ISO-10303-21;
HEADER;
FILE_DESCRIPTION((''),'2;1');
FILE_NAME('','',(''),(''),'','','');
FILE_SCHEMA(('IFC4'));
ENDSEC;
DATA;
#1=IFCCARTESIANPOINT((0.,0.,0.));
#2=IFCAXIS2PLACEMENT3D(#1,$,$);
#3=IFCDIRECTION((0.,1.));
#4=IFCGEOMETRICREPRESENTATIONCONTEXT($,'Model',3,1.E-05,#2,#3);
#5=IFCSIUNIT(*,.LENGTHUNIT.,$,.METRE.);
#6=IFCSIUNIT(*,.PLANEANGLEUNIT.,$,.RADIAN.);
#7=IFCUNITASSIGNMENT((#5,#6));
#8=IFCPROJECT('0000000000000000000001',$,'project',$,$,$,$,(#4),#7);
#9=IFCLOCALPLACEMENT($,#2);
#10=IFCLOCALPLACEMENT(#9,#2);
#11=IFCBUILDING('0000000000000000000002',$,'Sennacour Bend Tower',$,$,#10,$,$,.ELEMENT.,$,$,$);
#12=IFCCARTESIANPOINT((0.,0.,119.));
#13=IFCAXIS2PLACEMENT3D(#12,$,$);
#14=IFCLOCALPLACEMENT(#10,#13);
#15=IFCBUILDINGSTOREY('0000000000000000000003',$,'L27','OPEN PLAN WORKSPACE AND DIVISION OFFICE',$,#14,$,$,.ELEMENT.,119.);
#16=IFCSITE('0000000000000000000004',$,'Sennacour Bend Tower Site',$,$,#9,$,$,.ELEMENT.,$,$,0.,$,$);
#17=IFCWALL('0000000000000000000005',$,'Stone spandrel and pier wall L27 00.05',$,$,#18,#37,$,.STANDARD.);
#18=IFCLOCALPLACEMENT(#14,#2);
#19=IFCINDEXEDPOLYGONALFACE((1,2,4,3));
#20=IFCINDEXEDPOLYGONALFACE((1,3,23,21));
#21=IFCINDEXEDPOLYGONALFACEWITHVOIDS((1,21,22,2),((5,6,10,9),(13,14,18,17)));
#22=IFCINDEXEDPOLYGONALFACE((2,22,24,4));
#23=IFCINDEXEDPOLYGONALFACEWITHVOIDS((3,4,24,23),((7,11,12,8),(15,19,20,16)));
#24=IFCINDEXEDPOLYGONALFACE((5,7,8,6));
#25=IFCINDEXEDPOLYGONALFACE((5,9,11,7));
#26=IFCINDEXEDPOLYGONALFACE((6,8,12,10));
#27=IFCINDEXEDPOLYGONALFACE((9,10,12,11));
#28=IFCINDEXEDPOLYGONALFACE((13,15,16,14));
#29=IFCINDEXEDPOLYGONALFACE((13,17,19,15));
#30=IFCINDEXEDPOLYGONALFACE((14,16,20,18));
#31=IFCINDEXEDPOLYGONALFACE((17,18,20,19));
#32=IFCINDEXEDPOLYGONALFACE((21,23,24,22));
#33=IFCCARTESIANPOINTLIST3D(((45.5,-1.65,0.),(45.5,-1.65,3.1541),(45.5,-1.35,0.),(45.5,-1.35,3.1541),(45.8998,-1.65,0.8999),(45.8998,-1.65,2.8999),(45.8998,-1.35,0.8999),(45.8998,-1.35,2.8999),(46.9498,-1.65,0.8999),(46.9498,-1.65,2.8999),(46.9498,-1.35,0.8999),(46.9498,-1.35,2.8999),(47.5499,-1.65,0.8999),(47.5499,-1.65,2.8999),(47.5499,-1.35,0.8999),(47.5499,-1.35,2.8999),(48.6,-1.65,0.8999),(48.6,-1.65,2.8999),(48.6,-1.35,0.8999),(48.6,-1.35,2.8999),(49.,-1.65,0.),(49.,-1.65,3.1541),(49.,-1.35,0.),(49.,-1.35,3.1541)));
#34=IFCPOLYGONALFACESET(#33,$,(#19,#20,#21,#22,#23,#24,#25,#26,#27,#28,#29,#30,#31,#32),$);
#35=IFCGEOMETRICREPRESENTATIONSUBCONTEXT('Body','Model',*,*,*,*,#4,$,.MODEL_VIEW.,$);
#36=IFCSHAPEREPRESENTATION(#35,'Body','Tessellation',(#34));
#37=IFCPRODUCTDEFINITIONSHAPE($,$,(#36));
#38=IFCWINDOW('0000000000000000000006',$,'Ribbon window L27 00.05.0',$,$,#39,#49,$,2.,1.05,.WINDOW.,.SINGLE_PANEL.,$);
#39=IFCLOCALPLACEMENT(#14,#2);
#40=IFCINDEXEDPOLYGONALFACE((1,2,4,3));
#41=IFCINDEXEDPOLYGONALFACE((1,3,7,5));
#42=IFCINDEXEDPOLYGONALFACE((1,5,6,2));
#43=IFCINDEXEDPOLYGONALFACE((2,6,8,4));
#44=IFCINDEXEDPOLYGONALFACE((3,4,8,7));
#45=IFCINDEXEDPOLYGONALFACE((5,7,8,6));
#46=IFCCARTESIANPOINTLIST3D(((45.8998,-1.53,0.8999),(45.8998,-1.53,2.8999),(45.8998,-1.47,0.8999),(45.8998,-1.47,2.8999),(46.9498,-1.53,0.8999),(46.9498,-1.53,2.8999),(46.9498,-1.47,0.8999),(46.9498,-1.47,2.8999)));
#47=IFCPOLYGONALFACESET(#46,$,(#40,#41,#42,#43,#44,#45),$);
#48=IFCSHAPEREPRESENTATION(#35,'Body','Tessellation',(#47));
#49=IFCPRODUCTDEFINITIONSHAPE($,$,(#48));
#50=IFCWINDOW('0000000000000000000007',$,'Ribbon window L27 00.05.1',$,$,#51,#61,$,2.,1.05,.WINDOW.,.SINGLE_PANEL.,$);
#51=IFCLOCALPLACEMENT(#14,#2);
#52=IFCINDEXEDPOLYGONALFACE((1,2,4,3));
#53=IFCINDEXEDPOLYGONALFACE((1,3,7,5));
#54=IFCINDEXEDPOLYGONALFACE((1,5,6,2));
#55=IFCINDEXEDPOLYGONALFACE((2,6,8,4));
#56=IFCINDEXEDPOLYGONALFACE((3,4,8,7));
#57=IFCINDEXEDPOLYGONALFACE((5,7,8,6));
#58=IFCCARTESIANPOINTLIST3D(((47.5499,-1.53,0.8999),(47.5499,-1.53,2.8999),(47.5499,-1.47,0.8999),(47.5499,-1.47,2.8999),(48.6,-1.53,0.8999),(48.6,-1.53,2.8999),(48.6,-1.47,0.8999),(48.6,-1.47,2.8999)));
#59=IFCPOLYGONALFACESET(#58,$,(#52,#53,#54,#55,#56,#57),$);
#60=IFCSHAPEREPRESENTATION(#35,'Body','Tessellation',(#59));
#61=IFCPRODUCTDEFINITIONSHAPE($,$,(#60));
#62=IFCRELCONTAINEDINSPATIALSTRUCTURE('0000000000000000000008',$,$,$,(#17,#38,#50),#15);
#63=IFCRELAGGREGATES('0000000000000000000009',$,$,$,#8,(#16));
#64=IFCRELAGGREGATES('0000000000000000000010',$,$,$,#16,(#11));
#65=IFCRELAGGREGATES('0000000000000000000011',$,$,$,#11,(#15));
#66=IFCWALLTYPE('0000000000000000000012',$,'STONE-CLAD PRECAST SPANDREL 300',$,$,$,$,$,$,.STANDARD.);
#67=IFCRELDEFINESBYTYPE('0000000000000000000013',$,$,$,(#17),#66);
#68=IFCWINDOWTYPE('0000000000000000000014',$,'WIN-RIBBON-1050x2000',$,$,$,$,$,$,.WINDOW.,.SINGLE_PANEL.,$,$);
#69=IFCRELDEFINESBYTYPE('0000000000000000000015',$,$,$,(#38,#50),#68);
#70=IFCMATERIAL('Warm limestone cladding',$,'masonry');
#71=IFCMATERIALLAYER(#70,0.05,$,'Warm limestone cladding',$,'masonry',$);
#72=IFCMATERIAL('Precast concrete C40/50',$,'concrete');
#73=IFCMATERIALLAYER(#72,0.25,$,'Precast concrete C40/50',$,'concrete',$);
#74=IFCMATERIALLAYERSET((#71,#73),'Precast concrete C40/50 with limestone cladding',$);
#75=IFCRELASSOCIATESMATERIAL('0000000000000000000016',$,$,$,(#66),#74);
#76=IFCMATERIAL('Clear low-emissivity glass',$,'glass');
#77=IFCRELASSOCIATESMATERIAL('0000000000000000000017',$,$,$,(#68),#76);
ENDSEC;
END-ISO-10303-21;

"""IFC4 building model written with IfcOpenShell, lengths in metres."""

from ifc_helpers import new_model, si_unit, direction, frame, frame_2d, origin, place, context, subcontext, project, spatial, rectangle, extrude, material, layer, layer_set, type_object, element, fill, save


model = new_model("IFC4")

# Units and contexts
model_context = context("Model", 3, precision=1e-05, world=origin(), true_north=direction((0.0, 1.0)))
body_context = subcontext(model_context, "Body", "Model", "MODEL_VIEW")
ifc_project = project(units=[si_unit("LENGTHUNIT", "METRE"), si_unit("PLANEANGLEUNIT", "RADIAN")], contexts=[model_context])

# Site, building, storey
site_placement = place(None, origin())
site = spatial("IfcSite", under=ifc_project, at=site_placement, Name="Sennacour Bend Tower Site", CompositionType="ELEMENT", RefElevation=0.0)
building_placement = place(site_placement, origin())
building = spatial("IfcBuilding", under=site, at=building_placement, Name="Sennacour Bend Tower", CompositionType="ELEMENT")
storey_placement = place(building_placement, frame((0.0, 0.0, 119.0)))
storey = spatial("IfcBuildingStorey", under=building, at=storey_placement, Name="L27", Description="OPEN PLAN WORKSPACE AND DIVISION OFFICE", CompositionType="ELEMENT", Elevation=119.0)

# Wall, openings, windows
ifc_material_1 = material(Name="Warm limestone cladding", Category="masonry")
ifc_layer_1 = layer(ifc_material_1, 0.05, Name="Warm limestone cladding", Category="masonry")
ifc_material_2 = material(Name="Precast concrete C40/50", Category="concrete")
ifc_layer_2 = layer(ifc_material_2, 0.25, Name="Precast concrete C40/50", Category="concrete")
ifc_layer_set_1 = layer_set([ifc_layer_1, ifc_layer_2], Name="Precast concrete C40/50 with limestone cladding")
wall_type_1 = type_object("IfcWallType", Name="STONE-CLAD PRECAST SPANDREL 300", PredefinedType="STANDARD", material=ifc_layer_set_1)
wall_1_placement = place(storey_placement, frame((45.5, -1.5, 0.0), z_axis=(0.0, 0.0, 1.0), x_axis=(1.0, 0.0, 0.0)))
wall_1 = element("IfcWall", 1, at=wall_1_placement, inside=storey, type_object=wall_type_1, Name="Stone spandrel and pier wall L27 00.05", PredefinedType="STANDARD", context=body_context, shape_type="SweptSolid", body=[
    extrude(rectangle(XDim=3.5, YDim=0.3, at=frame_2d((1.75, 0.0))), origin(), (0.0, 0.0, 1.0), 3.1541),
])
opening_1_placement = place(wall_1_placement, frame((0.3999, 0.0, 0.8999)))
opening_1 = element("IfcOpeningElement", 2, at=opening_1_placement, cuts=wall_1, PredefinedType="OPENING", context=body_context, shape_type="SweptSolid", body=[
    extrude(rectangle(XDim=1.05, YDim=2.0, at=frame_2d((0.5249, 1.0))), frame((0.0, 0.1602, 0.0), z_axis=(0.0, -1.0, 0.0), x_axis=(1.0, 0.0, 0.0)), (0.0, 0.0, 1.0), 0.3201),
])
opening_2_placement = place(wall_1_placement, frame((2.05, 0.0, 0.8999)))
opening_2 = element("IfcOpeningElement", 3, at=opening_2_placement, cuts=wall_1, PredefinedType="OPENING", context=body_context, shape_type="SweptSolid", body=[
    extrude(rectangle(XDim=1.05, YDim=2.0, at=frame_2d((0.5249, 1.0))), frame((0.0, 0.1602, 0.0), z_axis=(0.0, -1.0, 0.0), x_axis=(1.0, 0.0, 0.0)), (0.0, 0.0, 1.0), 0.3201),
])
ifc_material_3 = material(Name="Clear low-emissivity glass", Category="glass")
window_type = type_object("IfcWindowType", Name="WIN-RIBBON-1050x2000", PartitioningType="SINGLE_PANEL", PredefinedType="WINDOW", material=ifc_material_3)
window_1_placement = place(opening_1_placement, origin())
window_1 = element("IfcWindow", 4, at=window_1_placement, inside=storey, type_object=window_type, Name="Ribbon window L27 00.05.0", OverallHeight=2.0, OverallWidth=1.05, PartitioningType="SINGLE_PANEL", PredefinedType="WINDOW", context=body_context, shape_type="SweptSolid", body=[
    extrude(rectangle(XDim=1.05, YDim=2.0, at=frame_2d((0.5249, 1.0))), frame((0.0, 0.03, 0.0), z_axis=(0.0, -1.0, 0.0), x_axis=(1.0, 0.0, 0.0)), (0.0, 0.0, 1.0), 0.0601),
])
fill(opening_1, window_1)
window_2_placement = place(opening_2_placement, origin())
window_2 = element("IfcWindow", 5, at=window_2_placement, inside=storey, type_object=window_type, Name="Ribbon window L27 00.05.1", OverallHeight=2.0, OverallWidth=1.05, PartitioningType="SINGLE_PANEL", PredefinedType="WINDOW", context=body_context, shape_type="SweptSolid", body=[
    extrude(rectangle(XDim=1.05, YDim=2.0, at=frame_2d((0.5249, 1.0))), frame((0.0, 0.03, 0.0), z_axis=(0.0, -1.0, 0.0), x_axis=(1.0, 0.0, 0.0)), (0.0, 0.0, 1.0), 0.0601),
])
fill(opening_2, window_2)

save(model, "model.ifc")
